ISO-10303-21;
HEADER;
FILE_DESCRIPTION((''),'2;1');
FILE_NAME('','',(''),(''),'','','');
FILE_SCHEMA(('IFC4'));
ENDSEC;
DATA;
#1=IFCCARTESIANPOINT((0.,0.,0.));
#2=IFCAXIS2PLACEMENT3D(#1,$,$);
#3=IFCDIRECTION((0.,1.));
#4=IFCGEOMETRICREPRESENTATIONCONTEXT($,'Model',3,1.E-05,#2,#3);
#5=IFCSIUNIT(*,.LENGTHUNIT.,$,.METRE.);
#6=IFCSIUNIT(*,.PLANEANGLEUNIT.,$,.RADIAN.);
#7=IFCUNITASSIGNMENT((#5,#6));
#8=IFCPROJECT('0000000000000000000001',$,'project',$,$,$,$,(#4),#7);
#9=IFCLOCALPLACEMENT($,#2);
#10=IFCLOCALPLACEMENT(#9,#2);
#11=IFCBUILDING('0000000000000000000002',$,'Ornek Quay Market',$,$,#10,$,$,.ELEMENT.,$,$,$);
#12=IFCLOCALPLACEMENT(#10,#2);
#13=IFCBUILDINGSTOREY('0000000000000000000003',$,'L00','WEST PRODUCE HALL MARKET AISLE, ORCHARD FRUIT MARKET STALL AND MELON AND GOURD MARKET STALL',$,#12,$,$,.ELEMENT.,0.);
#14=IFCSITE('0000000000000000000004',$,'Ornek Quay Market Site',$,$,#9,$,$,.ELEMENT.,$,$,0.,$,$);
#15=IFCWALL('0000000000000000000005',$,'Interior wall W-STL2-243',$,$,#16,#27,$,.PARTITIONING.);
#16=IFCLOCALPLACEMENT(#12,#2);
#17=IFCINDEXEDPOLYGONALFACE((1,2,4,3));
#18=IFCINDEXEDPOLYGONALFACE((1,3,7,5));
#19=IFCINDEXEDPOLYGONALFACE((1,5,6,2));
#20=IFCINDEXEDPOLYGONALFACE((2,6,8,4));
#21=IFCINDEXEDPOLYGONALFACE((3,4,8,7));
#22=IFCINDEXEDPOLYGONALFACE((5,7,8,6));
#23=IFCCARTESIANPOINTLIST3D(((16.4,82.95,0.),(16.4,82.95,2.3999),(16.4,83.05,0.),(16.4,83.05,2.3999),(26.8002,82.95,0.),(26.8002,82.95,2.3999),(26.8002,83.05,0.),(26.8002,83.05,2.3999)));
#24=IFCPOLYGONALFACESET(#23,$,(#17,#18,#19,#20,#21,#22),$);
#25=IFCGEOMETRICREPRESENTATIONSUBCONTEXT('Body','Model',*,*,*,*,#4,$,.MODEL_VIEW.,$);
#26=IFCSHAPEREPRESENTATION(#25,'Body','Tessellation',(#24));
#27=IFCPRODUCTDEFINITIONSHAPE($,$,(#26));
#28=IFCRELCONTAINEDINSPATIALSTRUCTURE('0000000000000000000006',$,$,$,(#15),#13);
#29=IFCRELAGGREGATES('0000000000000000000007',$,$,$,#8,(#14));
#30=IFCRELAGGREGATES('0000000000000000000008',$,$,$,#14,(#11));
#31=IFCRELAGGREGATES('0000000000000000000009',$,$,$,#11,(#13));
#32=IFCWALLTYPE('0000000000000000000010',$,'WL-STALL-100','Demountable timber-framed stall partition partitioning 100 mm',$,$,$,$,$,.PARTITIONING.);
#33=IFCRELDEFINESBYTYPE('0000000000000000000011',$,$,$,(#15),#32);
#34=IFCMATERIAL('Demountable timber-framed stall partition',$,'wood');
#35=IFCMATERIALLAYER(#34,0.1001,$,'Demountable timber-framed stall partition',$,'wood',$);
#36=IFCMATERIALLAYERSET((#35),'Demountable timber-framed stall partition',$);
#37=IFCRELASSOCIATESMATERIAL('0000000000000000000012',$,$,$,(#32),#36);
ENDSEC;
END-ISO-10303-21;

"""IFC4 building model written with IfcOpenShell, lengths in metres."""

from ifc_helpers import new_model, si_unit, direction, frame, frame_2d, origin, place, context, subcontext, project, spatial, rectangle, extrude, material, layer, layer_set, type_object, element, save


model = new_model("IFC4")

# Units and contexts
model_context = context("Model", 3, precision=1e-05, world=origin(), true_north=direction((0.0, 1.0)))
body_context = subcontext(model_context, "Body", "Model", "MODEL_VIEW")
ifc_project = project(units=[si_unit("LENGTHUNIT", "METRE"), si_unit("PLANEANGLEUNIT", "RADIAN")], contexts=[model_context])

# Site, building, storey
site_placement = place(None, origin())
site = spatial("IfcSite", under=ifc_project, at=site_placement, Name="Ornek Quay Market Site", CompositionType="ELEMENT", RefElevation=0.0)
building_placement = place(site_placement, origin())
building = spatial("IfcBuilding", under=site, at=building_placement, Name="Ornek Quay Market", CompositionType="ELEMENT")
storey_placement = place(building_placement, origin())
storey = spatial("IfcBuildingStorey", under=building, at=storey_placement, Name="L00", Description="WEST PRODUCE HALL MARKET AISLE, ORCHARD FRUIT MARKET STALL AND MELON AND GOURD MARKET STALL", CompositionType="ELEMENT", Elevation=0.0)

# Wall
ifc_material_1 = material(Name="Demountable timber-framed stall partition", Category="wood")
ifc_layer_1 = layer(ifc_material_1, 0.1001, Name="Demountable timber-framed stall partition", Category="wood")
ifc_layer_set_1 = layer_set([ifc_layer_1], Name="Demountable timber-framed stall partition")
wall_type = type_object("IfcWallType", Name="WL-STALL-100", Description="Demountable timber-framed stall partition partitioning 100 mm", PredefinedType="PARTITIONING", material=ifc_layer_set_1)
wall_placement = place(storey_placement, frame((16.3999, 83.0, 0.0), z_axis=(0.0, 0.0, 1.0), x_axis=(1.0, 0.0, 0.0)))
element("IfcWall", 1, at=wall_placement, inside=storey, type_object=wall_type, Name="Interior wall W-STL2-243", PredefinedType="PARTITIONING", context=body_context, shape_type="SweptSolid", body=[
    extrude(rectangle(XDim=10.4001, YDim=0.1001, at=frame_2d((5.2002, 0.0))), origin(), (0.0, 0.0, 1.0), 2.3999),
])

save(model, "model.ifc")
